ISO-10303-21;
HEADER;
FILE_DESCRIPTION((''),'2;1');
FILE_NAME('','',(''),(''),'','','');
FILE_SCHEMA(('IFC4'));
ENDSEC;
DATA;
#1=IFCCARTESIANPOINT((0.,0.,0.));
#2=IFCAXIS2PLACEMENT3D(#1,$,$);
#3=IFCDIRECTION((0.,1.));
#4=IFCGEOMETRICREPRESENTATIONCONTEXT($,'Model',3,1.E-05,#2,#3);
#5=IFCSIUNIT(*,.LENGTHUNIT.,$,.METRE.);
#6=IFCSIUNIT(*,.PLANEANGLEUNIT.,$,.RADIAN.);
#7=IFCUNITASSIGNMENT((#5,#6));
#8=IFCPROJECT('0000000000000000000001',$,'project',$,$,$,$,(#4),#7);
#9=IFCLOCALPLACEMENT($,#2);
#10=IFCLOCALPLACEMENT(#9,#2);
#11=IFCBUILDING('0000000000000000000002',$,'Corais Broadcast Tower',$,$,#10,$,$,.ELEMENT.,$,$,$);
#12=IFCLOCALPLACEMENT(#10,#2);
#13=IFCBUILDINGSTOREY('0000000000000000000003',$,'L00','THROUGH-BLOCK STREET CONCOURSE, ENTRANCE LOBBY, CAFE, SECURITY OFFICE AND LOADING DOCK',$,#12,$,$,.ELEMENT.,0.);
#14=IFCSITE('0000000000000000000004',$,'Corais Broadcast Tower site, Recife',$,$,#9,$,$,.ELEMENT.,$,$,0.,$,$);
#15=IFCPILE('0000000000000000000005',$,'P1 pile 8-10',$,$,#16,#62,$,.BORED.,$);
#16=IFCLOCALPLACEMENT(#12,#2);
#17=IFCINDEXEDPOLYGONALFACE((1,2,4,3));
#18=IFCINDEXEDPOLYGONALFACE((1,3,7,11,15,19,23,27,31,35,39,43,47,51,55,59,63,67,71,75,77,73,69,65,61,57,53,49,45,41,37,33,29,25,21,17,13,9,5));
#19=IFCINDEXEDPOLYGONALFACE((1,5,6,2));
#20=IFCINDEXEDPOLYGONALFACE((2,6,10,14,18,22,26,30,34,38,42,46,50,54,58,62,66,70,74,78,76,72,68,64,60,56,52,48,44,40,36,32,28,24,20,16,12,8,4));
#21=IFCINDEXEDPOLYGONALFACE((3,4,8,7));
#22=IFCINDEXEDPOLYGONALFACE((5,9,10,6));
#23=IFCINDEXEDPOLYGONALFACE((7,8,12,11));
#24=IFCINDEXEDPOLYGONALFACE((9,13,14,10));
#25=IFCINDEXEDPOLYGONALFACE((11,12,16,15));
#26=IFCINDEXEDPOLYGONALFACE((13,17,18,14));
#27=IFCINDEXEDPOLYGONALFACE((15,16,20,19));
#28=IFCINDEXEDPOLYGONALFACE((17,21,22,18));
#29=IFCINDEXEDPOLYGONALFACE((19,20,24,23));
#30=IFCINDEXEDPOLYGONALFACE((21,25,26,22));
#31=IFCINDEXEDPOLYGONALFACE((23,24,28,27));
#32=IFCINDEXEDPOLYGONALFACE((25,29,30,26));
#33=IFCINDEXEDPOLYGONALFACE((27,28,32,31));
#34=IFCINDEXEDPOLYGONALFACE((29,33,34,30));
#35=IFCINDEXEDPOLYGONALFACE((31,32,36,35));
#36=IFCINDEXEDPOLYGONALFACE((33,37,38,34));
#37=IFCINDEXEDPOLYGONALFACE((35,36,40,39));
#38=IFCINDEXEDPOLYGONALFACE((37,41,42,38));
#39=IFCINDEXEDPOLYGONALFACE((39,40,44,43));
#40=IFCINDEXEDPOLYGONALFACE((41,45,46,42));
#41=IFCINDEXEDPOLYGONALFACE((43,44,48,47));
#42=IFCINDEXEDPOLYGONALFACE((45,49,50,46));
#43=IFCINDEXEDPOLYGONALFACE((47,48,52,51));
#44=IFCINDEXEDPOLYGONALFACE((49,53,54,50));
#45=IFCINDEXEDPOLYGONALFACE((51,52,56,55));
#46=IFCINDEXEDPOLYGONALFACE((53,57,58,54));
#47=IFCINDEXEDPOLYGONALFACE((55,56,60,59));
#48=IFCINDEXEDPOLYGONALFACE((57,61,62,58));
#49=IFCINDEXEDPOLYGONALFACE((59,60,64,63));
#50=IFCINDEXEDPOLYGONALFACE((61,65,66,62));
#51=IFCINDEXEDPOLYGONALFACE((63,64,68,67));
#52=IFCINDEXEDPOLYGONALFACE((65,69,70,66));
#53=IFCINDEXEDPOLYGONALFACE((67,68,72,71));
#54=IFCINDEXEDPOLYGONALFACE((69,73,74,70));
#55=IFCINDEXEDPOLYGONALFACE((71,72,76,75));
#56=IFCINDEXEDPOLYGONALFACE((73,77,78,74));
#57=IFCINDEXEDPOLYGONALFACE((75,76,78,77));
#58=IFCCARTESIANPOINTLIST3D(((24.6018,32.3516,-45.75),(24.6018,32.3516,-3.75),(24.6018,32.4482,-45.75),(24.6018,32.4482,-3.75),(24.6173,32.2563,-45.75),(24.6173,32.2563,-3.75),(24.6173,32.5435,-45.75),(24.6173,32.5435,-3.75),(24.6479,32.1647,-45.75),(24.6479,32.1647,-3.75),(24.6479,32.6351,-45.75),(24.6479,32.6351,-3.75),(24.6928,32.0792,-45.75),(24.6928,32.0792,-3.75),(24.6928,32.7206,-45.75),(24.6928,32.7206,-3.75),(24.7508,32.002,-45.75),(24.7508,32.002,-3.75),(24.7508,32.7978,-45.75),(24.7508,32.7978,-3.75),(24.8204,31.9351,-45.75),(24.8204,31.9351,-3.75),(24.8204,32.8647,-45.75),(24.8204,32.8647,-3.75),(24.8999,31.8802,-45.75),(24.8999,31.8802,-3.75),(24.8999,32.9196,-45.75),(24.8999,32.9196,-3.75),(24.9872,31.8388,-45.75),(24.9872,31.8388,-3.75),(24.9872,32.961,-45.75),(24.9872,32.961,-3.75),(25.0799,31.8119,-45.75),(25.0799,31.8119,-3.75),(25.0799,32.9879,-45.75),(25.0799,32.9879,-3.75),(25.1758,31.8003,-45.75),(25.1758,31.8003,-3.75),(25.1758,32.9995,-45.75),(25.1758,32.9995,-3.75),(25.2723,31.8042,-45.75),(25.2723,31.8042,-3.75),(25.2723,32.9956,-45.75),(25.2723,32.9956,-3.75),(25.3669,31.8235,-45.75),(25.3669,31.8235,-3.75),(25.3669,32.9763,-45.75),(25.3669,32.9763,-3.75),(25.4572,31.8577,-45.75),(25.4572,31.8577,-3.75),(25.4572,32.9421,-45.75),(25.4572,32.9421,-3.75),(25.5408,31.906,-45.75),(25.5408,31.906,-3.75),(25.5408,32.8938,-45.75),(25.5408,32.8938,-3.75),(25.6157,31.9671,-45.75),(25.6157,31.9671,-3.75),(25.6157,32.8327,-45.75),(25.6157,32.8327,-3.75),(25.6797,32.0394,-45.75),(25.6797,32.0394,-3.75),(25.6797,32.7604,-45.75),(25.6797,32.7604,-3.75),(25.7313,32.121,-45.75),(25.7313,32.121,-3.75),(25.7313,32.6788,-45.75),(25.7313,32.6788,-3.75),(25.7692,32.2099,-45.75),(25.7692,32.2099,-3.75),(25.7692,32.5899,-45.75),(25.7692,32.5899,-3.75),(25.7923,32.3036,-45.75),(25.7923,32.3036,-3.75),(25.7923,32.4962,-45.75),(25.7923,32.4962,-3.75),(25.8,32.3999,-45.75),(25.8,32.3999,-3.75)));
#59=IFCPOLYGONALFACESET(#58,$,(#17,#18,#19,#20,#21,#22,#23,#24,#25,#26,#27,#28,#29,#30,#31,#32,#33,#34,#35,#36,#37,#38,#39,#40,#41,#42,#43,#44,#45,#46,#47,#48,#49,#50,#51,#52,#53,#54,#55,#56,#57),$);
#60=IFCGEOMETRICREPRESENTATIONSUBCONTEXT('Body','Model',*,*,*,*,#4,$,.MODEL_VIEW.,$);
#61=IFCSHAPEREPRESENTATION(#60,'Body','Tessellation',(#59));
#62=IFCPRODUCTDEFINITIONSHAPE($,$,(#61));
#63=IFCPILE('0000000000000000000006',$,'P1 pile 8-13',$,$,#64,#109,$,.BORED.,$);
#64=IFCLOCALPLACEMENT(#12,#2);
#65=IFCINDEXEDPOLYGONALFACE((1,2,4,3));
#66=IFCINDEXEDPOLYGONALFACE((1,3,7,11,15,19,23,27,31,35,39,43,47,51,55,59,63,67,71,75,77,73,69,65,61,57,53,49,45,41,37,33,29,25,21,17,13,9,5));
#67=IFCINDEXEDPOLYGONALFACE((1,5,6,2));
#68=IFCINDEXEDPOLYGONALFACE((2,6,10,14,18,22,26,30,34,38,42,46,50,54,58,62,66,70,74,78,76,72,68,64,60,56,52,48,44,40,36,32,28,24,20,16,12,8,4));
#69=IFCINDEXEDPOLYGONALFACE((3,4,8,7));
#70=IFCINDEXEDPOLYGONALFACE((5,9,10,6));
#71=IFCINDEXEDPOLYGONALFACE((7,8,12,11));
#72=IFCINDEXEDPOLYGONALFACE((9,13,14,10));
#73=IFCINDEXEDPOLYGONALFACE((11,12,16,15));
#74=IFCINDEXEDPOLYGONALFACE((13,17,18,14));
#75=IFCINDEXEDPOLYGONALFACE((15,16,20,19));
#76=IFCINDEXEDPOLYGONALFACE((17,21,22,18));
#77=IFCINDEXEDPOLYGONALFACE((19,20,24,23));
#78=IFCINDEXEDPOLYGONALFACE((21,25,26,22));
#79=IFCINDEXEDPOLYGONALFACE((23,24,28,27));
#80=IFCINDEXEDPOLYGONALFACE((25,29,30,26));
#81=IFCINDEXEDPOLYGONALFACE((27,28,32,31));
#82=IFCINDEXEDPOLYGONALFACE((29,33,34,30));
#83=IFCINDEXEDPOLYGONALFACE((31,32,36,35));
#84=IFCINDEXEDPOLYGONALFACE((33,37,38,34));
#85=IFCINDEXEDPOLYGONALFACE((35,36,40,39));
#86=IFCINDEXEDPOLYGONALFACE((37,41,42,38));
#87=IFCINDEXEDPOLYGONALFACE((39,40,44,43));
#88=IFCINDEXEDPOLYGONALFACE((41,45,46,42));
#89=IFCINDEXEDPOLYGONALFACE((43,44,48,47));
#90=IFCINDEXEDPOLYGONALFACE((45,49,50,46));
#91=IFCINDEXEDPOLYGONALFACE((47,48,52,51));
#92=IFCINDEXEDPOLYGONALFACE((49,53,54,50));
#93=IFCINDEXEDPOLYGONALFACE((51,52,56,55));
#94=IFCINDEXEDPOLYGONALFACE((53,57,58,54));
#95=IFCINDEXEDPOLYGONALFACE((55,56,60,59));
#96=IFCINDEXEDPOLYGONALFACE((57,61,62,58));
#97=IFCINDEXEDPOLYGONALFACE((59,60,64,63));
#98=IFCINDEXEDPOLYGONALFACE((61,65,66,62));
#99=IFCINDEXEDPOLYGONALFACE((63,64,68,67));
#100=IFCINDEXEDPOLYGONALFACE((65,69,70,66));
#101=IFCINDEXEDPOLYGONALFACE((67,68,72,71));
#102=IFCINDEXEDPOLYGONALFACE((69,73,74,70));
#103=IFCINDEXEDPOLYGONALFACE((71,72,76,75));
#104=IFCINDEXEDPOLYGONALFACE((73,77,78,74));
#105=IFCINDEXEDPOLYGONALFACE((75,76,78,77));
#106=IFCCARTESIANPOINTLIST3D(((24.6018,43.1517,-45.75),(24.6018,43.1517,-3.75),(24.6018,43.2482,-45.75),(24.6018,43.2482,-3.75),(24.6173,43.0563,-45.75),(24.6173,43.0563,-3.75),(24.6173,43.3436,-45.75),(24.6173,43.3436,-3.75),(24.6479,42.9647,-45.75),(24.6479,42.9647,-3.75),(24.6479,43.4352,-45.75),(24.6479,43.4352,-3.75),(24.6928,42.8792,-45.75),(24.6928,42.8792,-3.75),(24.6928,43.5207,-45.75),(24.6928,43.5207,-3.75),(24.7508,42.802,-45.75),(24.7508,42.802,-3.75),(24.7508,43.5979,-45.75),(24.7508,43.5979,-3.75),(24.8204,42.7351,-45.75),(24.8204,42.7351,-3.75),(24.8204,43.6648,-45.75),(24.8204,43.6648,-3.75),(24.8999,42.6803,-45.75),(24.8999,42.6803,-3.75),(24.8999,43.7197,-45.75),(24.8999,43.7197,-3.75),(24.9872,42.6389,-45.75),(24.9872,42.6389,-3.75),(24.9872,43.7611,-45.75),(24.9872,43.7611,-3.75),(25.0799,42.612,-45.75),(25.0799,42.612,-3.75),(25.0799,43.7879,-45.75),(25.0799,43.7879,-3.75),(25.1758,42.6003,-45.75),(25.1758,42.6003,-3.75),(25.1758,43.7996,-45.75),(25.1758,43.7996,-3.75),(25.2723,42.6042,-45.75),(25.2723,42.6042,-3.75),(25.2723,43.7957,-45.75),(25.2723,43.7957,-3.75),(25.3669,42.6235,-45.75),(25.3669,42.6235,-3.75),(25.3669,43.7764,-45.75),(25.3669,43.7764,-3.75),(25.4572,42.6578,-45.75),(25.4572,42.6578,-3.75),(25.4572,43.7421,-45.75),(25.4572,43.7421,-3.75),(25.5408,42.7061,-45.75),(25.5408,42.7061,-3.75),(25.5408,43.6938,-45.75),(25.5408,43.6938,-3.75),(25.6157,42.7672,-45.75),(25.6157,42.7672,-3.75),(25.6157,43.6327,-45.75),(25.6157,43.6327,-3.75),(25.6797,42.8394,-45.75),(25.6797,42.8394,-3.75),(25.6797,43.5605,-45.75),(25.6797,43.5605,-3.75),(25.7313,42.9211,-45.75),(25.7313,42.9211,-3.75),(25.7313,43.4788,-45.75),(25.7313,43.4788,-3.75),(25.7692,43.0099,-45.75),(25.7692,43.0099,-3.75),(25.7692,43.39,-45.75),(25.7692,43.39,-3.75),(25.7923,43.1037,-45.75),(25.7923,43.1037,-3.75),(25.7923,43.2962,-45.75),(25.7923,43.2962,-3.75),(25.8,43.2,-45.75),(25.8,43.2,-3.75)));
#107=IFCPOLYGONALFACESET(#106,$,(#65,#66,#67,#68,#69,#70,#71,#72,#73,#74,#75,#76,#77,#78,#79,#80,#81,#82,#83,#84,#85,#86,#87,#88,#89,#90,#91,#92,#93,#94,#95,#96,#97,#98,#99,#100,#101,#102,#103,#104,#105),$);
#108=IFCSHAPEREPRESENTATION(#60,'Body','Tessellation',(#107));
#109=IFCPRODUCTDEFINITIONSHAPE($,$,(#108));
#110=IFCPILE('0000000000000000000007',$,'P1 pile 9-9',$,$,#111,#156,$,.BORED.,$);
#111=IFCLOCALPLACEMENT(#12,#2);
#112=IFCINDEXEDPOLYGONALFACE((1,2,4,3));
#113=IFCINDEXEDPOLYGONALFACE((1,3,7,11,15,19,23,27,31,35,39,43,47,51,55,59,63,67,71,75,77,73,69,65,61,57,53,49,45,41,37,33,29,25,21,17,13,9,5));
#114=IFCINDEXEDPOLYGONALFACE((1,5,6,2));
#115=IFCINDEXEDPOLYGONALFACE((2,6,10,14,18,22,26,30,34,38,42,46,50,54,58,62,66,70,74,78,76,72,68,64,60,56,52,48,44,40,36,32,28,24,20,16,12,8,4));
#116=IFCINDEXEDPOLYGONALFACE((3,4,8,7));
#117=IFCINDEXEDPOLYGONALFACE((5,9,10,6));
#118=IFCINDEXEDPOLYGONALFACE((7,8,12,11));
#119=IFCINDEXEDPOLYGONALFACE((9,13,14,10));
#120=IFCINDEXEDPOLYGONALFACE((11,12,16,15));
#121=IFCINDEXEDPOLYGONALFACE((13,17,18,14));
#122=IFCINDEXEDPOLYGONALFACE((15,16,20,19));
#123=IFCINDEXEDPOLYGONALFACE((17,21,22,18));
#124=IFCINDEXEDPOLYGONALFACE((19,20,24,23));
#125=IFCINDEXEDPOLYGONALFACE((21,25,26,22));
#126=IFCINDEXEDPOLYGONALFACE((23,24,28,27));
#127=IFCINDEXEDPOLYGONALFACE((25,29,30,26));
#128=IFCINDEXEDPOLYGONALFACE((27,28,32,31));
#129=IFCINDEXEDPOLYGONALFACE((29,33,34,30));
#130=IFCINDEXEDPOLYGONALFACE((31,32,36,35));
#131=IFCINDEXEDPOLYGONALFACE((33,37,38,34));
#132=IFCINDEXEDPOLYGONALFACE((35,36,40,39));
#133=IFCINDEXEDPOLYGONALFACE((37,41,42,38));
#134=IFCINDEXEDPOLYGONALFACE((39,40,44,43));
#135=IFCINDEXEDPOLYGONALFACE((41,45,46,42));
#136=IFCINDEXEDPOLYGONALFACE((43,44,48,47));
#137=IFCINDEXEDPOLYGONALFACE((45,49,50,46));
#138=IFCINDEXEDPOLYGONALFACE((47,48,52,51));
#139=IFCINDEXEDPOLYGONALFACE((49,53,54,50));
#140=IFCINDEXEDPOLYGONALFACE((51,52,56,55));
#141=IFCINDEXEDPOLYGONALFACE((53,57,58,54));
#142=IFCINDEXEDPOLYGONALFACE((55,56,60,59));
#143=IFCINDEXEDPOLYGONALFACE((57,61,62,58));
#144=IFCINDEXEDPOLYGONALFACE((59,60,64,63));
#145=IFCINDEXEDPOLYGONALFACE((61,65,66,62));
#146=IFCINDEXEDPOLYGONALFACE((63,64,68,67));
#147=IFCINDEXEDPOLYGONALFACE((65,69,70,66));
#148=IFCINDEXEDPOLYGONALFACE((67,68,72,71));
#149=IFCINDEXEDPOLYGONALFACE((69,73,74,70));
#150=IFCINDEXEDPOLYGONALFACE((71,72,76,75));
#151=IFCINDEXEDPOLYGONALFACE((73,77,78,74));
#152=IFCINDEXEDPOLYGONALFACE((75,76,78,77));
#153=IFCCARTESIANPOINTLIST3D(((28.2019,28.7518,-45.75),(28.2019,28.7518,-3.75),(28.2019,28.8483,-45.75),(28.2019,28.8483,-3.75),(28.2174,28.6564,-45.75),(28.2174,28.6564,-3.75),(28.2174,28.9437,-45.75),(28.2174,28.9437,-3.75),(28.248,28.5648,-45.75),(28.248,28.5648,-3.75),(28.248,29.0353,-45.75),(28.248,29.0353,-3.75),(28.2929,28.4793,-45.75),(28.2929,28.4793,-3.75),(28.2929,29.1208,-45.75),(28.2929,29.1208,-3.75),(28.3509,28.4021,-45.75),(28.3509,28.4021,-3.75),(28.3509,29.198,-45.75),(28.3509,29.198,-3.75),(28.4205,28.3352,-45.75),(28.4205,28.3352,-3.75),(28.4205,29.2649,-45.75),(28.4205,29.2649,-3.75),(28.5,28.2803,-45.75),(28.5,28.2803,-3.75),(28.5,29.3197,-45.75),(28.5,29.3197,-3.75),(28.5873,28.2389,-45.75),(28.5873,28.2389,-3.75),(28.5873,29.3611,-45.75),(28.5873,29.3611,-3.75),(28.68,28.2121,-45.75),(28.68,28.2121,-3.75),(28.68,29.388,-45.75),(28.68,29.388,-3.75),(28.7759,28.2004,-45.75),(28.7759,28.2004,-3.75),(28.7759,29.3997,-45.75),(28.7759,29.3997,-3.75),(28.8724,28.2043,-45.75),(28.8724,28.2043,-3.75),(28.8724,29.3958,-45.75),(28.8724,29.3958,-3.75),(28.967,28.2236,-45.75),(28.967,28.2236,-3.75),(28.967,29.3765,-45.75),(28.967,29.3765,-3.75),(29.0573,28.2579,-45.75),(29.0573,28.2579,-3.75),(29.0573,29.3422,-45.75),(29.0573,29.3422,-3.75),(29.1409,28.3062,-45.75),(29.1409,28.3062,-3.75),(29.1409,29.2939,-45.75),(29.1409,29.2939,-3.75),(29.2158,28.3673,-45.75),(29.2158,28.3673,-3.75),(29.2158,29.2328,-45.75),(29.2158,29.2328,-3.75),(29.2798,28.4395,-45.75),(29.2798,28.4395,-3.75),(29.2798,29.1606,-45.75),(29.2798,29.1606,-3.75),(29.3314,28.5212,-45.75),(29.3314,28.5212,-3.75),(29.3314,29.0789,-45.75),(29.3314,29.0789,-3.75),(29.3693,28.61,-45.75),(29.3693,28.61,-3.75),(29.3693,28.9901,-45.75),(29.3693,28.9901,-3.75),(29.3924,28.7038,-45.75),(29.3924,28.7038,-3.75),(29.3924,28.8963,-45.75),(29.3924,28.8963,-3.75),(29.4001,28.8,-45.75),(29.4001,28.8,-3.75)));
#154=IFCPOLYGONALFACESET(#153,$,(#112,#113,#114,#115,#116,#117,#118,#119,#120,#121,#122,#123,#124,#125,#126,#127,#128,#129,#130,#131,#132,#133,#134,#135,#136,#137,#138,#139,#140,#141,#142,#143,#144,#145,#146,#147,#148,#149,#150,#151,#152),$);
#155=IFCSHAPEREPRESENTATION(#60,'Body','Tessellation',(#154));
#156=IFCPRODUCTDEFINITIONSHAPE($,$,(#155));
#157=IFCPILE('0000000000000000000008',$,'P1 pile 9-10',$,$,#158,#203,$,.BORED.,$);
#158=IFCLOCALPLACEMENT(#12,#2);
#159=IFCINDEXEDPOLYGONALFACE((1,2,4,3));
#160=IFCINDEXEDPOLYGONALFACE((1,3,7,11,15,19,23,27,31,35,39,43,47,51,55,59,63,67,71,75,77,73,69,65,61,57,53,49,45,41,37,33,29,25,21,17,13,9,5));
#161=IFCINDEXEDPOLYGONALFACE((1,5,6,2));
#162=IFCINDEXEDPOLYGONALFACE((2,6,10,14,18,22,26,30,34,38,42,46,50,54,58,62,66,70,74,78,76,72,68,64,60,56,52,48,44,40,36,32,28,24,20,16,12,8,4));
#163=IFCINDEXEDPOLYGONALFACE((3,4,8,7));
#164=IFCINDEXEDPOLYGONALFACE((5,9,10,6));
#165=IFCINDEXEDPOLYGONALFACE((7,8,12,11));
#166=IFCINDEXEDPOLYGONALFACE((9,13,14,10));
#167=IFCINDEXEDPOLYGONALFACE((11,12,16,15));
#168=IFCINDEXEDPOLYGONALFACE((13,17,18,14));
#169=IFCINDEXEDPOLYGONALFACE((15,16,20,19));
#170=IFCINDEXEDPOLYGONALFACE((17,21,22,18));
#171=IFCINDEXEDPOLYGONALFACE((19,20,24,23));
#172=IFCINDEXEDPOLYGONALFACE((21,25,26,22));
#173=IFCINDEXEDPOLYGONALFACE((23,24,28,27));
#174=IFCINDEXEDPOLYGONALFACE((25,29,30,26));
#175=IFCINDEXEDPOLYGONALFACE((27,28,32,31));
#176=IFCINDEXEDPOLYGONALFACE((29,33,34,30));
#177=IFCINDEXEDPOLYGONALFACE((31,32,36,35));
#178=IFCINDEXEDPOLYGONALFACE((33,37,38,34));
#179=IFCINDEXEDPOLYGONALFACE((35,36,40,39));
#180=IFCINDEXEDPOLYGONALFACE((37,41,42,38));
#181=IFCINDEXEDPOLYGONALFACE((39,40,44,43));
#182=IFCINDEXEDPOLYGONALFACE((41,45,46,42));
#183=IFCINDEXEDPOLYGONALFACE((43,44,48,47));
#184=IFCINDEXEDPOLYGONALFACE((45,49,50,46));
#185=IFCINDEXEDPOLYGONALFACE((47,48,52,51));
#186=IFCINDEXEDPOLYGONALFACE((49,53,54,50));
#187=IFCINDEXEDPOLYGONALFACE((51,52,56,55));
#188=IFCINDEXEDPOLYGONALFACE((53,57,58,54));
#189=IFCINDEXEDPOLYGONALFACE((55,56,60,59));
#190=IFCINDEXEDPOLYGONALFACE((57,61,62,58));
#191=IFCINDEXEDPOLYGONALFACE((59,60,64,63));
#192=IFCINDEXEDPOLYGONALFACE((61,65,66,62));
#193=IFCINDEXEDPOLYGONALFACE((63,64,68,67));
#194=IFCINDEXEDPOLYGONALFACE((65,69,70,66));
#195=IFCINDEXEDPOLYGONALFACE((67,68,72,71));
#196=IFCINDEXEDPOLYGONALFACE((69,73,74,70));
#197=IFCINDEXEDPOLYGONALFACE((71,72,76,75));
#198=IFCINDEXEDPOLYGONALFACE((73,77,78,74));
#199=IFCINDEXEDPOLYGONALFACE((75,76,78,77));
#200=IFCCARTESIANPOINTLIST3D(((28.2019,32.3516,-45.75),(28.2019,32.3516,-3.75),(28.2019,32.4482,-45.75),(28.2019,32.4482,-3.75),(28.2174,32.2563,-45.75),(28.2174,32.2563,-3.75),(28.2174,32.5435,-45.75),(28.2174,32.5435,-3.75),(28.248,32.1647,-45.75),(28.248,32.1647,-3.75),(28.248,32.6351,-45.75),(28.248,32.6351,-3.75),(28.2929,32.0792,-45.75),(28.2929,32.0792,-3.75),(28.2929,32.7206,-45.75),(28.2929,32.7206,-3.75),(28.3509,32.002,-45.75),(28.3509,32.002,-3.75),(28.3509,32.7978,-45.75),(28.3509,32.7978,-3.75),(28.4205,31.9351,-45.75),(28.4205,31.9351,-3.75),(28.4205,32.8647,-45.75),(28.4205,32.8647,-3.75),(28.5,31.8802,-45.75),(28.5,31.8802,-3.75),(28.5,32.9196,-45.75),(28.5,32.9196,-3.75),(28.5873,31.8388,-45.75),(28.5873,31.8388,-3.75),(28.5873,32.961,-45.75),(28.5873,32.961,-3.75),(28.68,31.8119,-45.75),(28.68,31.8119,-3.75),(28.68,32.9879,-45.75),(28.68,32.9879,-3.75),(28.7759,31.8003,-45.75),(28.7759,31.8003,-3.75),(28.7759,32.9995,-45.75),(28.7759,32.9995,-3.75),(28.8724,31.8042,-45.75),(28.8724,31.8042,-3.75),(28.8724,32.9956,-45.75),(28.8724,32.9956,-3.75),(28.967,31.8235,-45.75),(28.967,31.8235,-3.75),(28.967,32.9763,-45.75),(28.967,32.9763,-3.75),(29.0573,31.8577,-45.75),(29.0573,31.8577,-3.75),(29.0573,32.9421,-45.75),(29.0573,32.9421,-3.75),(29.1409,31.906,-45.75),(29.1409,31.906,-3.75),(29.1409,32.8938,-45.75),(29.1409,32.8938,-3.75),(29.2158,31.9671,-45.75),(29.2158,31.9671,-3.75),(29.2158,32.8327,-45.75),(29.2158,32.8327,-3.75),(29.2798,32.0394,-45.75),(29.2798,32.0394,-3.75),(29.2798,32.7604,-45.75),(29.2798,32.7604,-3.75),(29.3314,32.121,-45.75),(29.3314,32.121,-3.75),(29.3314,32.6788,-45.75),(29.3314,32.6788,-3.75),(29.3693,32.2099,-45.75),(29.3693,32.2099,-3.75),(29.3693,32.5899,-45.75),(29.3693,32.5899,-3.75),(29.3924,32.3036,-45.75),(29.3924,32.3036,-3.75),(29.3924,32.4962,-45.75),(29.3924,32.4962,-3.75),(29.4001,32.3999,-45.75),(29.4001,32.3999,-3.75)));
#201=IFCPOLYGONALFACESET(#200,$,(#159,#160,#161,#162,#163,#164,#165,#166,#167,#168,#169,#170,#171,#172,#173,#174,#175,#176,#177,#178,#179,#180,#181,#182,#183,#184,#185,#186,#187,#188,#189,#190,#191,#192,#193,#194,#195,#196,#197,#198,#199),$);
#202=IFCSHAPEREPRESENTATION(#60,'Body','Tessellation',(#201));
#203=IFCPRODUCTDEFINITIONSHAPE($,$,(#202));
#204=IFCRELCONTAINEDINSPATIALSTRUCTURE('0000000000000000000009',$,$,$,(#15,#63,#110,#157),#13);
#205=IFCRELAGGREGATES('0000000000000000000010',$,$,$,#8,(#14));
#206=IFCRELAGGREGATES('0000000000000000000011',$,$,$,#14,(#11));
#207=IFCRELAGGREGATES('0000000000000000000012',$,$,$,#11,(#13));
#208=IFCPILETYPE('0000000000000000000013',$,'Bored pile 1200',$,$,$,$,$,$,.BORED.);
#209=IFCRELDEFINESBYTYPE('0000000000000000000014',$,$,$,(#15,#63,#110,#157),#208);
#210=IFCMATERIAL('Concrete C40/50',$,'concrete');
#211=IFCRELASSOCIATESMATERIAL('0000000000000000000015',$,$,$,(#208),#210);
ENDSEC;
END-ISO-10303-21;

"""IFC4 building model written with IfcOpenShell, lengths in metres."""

from ifc_helpers import new_model, si_unit, direction, frame, origin, origin_2d, place, context, subcontext, project, spatial, circle, extrude, material, type_object, element, save


model = new_model("IFC4")

# Units and contexts
model_context = context("Model", 3, precision=1e-05, world=origin(), true_north=direction((0.0, 1.0)))
body_context = subcontext(model_context, "Body", "Model", "MODEL_VIEW")
ifc_project = project(units=[si_unit("LENGTHUNIT", "METRE"), si_unit("PLANEANGLEUNIT", "RADIAN")], contexts=[model_context])

# Site, building, storey
site_placement = place(None, origin())
site = spatial("IfcSite", under=ifc_project, at=site_placement, Name="Corais Broadcast Tower site, Recife", CompositionType="ELEMENT", RefElevation=0.0)
building_placement = place(site_placement, origin())
building = spatial("IfcBuilding", under=site, at=building_placement, Name="Corais Broadcast Tower", CompositionType="ELEMENT")
storey_placement = place(building_placement, origin())
storey = spatial("IfcBuildingStorey", under=building, at=storey_placement, Name="L00", Description="THROUGH-BLOCK STREET CONCOURSE, ENTRANCE LOBBY, CAFE, SECURITY OFFICE AND LOADING DOCK", CompositionType="ELEMENT", Elevation=0.0)

# Piles
ifc_material_1 = material(Name="Concrete C40/50", Category="concrete")
pile_type = type_object("IfcPileType", Name="Bored pile 1200", PredefinedType="BORED", material=ifc_material_1)
for number, where, z_axis, x_axis, name in (
    (1, (25.2, 32.3999, -3.75), (0.0, 0.0, -1.0), (1.0, 0.0, 0.0), "P1 pile 8-10"),
    (2, (25.2, 43.2, -3.75), (0.0, 0.0, -1.0), (1.0, 0.0, 0.0), "P1 pile 8-13"),
    (3, (28.8, 28.8, -3.75), (0.0, 0.0, -1.0), (1.0, 0.0, 0.0), "P1 pile 9-9"),
    (4, (28.8, 32.3999, -3.75), (0.0, 0.0, -1.0), (1.0, 0.0, 0.0), "P1 pile 9-10"),
):
    element("IfcPile", number, at=place(storey_placement, frame(where, z_axis=z_axis, x_axis=x_axis)), inside=storey, type_object=pile_type, Name=name, PredefinedType="BORED", context=body_context, shape_type="SweptSolid", body=[
        extrude(circle(Radius=0.6001, at=origin_2d()), origin(), (0.0, 0.0, 1.0), 42.0),
    ])

save(model, "model.ifc")
